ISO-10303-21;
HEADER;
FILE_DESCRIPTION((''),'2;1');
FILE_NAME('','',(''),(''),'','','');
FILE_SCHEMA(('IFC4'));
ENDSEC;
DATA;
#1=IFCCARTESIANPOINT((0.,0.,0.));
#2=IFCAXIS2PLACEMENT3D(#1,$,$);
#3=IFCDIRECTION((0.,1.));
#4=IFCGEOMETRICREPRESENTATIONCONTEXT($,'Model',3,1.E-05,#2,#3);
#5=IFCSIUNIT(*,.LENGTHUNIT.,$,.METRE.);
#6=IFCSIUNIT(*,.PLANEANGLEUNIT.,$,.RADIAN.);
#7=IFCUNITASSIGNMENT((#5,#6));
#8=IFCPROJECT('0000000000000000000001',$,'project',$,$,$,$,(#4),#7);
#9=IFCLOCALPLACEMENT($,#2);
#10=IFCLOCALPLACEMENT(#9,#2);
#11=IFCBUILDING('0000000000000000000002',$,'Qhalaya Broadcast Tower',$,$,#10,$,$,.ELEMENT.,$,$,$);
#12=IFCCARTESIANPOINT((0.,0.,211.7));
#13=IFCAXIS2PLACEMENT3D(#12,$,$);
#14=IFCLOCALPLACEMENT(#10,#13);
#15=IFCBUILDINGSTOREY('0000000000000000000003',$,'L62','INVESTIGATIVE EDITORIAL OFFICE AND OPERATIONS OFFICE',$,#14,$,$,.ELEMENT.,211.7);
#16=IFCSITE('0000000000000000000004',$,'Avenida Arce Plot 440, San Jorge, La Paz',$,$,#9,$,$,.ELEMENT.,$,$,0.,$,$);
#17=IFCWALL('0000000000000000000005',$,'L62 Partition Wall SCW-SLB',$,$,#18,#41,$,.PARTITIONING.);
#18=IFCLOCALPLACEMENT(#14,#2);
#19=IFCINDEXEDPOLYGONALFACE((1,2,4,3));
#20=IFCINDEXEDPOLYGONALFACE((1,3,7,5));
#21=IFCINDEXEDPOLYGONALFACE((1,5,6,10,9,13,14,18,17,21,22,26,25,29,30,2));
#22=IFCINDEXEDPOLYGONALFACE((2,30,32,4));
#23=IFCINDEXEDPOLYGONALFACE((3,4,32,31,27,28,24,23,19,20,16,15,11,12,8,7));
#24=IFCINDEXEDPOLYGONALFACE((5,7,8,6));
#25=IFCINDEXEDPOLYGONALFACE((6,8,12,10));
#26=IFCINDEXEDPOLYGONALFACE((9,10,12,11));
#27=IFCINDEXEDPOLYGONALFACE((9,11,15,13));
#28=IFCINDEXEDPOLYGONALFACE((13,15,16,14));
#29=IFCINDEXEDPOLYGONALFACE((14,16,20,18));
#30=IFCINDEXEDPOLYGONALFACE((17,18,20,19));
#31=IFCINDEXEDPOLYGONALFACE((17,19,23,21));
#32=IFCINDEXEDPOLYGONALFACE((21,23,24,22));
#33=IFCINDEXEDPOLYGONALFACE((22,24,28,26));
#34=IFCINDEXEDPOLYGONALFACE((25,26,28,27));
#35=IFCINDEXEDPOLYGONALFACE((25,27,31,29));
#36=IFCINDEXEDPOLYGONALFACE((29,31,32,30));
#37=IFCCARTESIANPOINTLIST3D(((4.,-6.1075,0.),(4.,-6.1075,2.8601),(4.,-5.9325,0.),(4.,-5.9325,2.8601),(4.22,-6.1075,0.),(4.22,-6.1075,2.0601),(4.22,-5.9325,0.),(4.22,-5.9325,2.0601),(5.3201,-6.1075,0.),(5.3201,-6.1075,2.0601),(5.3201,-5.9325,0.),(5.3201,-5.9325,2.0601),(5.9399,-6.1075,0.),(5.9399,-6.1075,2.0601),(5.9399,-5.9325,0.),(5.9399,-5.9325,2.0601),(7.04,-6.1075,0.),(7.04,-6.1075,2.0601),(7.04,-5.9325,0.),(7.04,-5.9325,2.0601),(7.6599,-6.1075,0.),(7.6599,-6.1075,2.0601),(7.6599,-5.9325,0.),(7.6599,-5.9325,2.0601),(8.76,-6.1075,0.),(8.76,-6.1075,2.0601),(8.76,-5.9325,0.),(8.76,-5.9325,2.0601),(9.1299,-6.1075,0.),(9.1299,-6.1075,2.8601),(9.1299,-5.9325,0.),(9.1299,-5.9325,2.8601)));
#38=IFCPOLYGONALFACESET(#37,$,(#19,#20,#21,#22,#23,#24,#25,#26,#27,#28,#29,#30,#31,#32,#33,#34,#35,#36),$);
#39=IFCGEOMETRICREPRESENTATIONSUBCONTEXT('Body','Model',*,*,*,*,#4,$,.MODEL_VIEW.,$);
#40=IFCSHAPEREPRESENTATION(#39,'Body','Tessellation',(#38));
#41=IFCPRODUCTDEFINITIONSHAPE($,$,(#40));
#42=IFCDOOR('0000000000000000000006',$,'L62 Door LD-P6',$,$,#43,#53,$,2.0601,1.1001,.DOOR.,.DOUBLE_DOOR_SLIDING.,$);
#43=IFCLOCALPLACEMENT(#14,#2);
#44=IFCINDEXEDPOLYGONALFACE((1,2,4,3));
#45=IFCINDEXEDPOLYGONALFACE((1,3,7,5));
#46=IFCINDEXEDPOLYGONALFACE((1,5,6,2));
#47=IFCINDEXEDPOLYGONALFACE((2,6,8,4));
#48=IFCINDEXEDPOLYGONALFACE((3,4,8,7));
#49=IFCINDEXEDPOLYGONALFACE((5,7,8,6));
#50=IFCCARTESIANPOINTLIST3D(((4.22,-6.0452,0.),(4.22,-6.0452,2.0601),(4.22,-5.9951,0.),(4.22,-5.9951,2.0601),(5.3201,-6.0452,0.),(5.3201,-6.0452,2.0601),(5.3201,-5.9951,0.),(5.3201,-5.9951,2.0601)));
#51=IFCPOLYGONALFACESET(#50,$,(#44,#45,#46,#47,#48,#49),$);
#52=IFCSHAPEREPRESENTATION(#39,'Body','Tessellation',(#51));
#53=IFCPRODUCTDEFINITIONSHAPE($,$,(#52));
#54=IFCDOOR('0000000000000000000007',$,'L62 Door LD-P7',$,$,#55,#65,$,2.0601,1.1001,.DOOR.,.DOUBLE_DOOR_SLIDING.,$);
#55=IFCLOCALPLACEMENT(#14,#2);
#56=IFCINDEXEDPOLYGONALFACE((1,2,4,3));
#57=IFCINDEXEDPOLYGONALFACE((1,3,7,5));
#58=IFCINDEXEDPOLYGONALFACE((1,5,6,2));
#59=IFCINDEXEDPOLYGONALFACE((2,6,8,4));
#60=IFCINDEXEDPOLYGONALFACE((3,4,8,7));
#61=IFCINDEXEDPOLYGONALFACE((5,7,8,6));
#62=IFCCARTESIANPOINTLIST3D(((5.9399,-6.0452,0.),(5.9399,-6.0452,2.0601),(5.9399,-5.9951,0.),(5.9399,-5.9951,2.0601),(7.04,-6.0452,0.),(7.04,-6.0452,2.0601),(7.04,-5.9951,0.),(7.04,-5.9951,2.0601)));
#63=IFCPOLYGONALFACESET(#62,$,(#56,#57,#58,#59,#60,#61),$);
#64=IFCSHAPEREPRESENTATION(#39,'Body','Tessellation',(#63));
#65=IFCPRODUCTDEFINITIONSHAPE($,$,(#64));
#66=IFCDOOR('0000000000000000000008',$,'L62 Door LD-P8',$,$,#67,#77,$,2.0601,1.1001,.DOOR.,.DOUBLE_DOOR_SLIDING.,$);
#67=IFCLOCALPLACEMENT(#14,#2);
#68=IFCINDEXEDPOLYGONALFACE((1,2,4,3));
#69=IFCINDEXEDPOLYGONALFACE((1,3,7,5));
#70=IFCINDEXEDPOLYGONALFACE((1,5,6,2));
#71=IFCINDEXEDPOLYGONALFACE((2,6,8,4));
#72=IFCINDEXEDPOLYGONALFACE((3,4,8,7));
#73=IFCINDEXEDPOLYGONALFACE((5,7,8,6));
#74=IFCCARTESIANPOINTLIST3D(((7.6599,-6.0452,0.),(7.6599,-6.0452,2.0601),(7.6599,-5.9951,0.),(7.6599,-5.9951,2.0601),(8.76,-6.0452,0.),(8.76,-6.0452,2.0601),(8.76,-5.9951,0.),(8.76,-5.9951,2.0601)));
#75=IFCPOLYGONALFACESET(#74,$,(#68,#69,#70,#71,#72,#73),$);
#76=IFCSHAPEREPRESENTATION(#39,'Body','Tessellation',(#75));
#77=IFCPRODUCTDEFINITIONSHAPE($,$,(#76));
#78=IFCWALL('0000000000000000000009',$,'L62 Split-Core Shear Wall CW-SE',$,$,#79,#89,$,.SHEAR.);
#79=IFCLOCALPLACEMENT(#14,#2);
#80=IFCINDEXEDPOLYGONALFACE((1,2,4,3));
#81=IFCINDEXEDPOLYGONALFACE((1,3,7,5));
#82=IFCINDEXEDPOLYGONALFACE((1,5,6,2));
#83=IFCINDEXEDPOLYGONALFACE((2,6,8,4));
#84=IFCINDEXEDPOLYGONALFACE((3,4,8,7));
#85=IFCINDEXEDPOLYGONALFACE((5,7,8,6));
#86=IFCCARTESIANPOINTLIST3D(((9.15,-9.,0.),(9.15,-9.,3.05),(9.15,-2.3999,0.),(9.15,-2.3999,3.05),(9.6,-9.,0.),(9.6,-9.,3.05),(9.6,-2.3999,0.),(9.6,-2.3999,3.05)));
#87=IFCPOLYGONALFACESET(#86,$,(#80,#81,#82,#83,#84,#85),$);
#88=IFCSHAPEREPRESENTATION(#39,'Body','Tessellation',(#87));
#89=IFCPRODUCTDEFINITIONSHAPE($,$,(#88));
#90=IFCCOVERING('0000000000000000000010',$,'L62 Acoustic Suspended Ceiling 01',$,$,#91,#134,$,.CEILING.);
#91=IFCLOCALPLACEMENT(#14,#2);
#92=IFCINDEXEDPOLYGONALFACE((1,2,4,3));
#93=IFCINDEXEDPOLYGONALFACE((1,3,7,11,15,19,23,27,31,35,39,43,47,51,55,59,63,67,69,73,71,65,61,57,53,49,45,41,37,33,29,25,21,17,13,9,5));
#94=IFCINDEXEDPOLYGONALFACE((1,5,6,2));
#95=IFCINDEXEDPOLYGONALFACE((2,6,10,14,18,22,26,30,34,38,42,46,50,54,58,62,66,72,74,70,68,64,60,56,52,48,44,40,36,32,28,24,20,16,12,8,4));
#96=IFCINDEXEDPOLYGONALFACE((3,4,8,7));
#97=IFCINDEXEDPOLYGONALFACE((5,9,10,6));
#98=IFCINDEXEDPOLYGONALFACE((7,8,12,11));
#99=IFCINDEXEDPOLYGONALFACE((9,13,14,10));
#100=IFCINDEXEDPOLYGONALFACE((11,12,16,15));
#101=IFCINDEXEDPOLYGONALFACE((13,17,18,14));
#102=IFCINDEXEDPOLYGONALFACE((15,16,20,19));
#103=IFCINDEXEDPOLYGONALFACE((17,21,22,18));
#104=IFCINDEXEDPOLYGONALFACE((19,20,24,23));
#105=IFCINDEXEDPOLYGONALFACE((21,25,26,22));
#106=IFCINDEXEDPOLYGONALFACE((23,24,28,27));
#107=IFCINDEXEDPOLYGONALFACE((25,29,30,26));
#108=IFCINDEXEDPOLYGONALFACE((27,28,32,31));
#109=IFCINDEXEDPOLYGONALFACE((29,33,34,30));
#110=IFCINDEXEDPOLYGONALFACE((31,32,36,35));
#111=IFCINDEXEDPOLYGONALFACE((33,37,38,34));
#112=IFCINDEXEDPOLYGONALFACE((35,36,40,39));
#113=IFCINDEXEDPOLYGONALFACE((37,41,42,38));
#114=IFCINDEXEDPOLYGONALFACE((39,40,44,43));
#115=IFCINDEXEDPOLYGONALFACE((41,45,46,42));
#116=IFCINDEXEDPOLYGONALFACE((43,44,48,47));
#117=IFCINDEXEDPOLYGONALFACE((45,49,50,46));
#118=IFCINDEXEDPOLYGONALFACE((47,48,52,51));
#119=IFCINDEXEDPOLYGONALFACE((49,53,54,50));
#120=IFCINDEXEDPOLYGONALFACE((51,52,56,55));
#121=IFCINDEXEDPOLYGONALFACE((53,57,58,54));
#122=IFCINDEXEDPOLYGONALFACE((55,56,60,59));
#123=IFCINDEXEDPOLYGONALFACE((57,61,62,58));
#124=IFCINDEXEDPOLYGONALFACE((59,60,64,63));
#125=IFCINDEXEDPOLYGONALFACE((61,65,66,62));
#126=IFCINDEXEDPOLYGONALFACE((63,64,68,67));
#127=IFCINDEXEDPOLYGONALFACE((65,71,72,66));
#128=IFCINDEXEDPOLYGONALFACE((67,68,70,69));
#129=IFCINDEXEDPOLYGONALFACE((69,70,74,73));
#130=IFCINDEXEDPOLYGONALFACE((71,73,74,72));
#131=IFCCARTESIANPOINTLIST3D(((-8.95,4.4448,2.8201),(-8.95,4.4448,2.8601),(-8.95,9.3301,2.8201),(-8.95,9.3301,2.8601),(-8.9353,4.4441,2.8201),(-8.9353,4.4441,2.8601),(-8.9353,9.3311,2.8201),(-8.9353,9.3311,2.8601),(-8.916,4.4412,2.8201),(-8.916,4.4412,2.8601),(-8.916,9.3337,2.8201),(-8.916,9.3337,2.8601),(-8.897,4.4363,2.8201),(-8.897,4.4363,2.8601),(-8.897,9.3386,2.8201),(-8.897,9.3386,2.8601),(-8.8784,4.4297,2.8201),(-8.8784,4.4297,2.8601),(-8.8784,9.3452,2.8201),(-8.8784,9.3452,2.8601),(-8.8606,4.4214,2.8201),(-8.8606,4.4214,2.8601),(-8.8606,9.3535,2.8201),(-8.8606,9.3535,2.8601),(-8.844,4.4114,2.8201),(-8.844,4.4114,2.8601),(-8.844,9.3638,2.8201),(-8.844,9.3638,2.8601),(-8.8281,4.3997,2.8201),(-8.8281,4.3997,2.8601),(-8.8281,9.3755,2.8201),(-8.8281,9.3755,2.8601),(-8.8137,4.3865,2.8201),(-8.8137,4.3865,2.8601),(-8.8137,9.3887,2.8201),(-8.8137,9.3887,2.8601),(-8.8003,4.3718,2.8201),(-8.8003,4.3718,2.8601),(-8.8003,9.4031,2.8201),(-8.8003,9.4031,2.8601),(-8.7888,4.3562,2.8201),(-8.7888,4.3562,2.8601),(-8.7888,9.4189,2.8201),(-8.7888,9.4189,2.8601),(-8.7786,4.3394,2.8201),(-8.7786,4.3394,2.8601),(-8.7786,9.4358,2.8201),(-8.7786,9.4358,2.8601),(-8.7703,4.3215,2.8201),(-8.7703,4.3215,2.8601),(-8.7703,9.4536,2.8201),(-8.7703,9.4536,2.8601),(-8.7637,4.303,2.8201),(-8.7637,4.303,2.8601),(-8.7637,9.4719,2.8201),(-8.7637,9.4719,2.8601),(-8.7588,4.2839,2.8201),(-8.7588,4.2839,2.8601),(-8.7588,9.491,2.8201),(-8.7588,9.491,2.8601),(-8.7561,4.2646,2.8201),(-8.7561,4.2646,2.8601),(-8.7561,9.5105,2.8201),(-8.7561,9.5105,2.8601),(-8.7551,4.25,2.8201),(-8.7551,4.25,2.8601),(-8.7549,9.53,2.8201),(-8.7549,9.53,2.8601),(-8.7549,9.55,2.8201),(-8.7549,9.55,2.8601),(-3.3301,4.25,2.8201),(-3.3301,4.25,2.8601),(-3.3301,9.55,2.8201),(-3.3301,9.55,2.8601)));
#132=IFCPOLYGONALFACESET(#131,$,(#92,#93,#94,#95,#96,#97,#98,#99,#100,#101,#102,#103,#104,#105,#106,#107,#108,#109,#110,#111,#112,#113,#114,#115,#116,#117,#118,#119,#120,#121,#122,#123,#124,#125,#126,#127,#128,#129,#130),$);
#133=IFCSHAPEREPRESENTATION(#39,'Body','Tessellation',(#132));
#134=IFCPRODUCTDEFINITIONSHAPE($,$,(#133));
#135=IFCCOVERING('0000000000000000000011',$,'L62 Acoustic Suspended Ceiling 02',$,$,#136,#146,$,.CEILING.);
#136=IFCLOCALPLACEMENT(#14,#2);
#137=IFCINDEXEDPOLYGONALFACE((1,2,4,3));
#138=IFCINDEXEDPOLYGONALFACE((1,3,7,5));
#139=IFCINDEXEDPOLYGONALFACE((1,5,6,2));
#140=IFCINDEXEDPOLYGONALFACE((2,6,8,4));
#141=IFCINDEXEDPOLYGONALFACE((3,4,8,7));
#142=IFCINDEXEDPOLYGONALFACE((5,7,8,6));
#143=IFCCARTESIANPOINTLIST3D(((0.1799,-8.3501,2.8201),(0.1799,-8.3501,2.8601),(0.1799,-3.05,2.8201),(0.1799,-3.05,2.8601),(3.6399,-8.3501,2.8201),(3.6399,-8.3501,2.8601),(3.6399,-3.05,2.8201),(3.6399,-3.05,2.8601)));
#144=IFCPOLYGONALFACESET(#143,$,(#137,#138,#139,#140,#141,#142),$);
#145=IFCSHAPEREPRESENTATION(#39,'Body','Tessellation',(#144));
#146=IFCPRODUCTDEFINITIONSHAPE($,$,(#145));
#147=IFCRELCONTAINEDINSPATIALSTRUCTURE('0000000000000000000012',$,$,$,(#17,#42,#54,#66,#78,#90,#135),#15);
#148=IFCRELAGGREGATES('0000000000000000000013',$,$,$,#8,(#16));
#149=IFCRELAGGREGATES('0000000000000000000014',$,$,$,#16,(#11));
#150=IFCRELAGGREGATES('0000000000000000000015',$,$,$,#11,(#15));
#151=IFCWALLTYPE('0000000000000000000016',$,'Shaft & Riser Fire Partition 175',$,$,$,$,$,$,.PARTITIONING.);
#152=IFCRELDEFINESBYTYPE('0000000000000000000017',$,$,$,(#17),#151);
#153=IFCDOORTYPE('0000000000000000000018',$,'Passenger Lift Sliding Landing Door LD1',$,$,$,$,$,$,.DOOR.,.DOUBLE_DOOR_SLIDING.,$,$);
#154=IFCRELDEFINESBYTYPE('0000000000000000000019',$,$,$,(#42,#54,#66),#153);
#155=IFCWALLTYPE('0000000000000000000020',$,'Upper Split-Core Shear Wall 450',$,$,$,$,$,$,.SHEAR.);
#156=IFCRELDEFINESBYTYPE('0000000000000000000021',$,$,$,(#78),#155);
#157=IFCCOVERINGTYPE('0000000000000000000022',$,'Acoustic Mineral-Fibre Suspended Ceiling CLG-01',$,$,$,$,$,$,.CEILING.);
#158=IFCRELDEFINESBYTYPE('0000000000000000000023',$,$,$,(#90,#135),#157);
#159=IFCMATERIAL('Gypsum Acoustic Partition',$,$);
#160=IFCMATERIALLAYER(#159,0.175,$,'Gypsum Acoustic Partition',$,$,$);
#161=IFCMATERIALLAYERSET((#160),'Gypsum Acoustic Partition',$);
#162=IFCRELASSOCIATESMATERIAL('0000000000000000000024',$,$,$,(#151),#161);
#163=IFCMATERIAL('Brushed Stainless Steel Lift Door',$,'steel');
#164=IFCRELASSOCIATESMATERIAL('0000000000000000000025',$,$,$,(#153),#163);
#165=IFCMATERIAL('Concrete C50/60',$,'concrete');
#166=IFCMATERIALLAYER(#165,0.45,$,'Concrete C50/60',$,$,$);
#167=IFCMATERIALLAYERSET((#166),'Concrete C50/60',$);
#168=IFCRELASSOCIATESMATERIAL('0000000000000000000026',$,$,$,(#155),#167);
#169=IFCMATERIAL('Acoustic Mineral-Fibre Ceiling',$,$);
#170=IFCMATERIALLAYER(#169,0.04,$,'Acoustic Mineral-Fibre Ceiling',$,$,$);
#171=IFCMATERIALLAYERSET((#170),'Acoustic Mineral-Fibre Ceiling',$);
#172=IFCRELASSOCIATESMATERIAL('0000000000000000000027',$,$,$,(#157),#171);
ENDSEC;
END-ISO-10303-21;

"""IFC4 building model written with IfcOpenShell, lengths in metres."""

from ifc_helpers import new_model, si_unit, direction, frame, frame_2d, origin, place, context, subcontext, project, spatial, polyline, rectangle, outline, extrude, material, layer, layer_set, type_object, element, fill, save


model = new_model("IFC4")

# Units and contexts
model_context = context("Model", 3, precision=1e-05, world=origin(), true_north=direction((0.0, 1.0)))
body_context = subcontext(model_context, "Body", "Model", "MODEL_VIEW")
ifc_project = project(units=[si_unit("LENGTHUNIT", "METRE"), si_unit("PLANEANGLEUNIT", "RADIAN")], contexts=[model_context])

# Site, building, storey
site_placement = place(None, origin())
site = spatial("IfcSite", under=ifc_project, at=site_placement, Name="Avenida Arce Plot 440, San Jorge, La Paz", CompositionType="ELEMENT", RefElevation=0.0)
building_placement = place(site_placement, origin())
building = spatial("IfcBuilding", under=site, at=building_placement, Name="Qhalaya Broadcast Tower", CompositionType="ELEMENT")
storey_placement = place(building_placement, frame((0.0, 0.0, 211.7)))
storey = spatial("IfcBuildingStorey", under=building, at=storey_placement, Name="L62", Description="INVESTIGATIVE EDITORIAL OFFICE AND OPERATIONS OFFICE", CompositionType="ELEMENT", Elevation=211.7)

# Shared definitions
ifc_material_1 = material(Name="Concrete C50/60", Category="concrete")

# Shared definitions
ifc_material_2 = material(Name="Gypsum Acoustic Partition")

# Wall, openings, doors
ifc_layer_1 = layer(ifc_material_2, 0.175, Name="Gypsum Acoustic Partition")
ifc_layer_set_1 = layer_set([ifc_layer_1], Name="Gypsum Acoustic Partition")
wall_type_1 = type_object("IfcWallType", Name="Shaft & Riser Fire Partition 175", PredefinedType="PARTITIONING", material=ifc_layer_set_1)
wall_1_placement = place(storey_placement, frame((4.0, -6.02, 0.0), z_axis=(0.0, 0.0, 1.0), x_axis=(1.0, 0.0, 0.0)))
wall_1 = element("IfcWall", 1, at=wall_1_placement, inside=storey, type_object=wall_type_1, Name="L62 Partition Wall SCW-SLB", PredefinedType="PARTITIONING", context=body_context, shape_type="SweptSolid", body=[
    extrude(rectangle(XDim=5.1299, YDim=0.175, at=frame_2d((2.5649, 0.0))), origin(), (0.0, 0.0, 1.0), 2.8601),
])
opening_1_placement = place(wall_1_placement, frame((0.22, 0.0, 0.0)))
opening_1 = element("IfcOpeningElement", 2, at=opening_1_placement, cuts=wall_1, PredefinedType="OPENING", context=body_context, shape_type="SweptSolid", body=[
    extrude(rectangle(XDim=1.1001, YDim=2.0601, at=frame_2d((0.55, 1.03))), frame((0.0, 0.0996, 0.0), z_axis=(0.0, -1.0, 0.0), x_axis=(1.0, 0.0, 0.0)), (0.0, 0.0, 1.0), 0.199),
])
opening_2_placement = place(wall_1_placement, frame((1.9399, 0.0, 0.0)))
opening_2 = element("IfcOpeningElement", 3, at=opening_2_placement, cuts=wall_1, PredefinedType="OPENING", context=body_context, shape_type="SweptSolid", body=[
    extrude(rectangle(XDim=1.1001, YDim=2.0601, at=frame_2d((0.55, 1.03))), frame((0.0, 0.0996, 0.0), z_axis=(0.0, -1.0, 0.0), x_axis=(1.0, 0.0, 0.0)), (0.0, 0.0, 1.0), 0.199),
])
opening_3_placement = place(wall_1_placement, frame((3.6599, 0.0, 0.0)))
opening_3 = element("IfcOpeningElement", 4, at=opening_3_placement, cuts=wall_1, PredefinedType="OPENING", context=body_context, shape_type="SweptSolid", body=[
    extrude(rectangle(XDim=1.1001, YDim=2.0601, at=frame_2d((0.55, 1.03))), frame((0.0, 0.0996, 0.0), z_axis=(0.0, -1.0, 0.0), x_axis=(1.0, 0.0, 0.0)), (0.0, 0.0, 1.0), 0.199),
])
ifc_material_3 = material(Name="Brushed Stainless Steel Lift Door", Category="steel")
door_type_1 = type_object("IfcDoorType", Name="Passenger Lift Sliding Landing Door LD1", OperationType="DOUBLE_DOOR_SLIDING", PredefinedType="DOOR", material=ifc_material_3)
door_1_placement = place(opening_1_placement, origin())
door_1 = element("IfcDoor", 5, at=door_1_placement, inside=storey, type_object=door_type_1, Name="L62 Door LD-P6", OperationType="DOUBLE_DOOR_SLIDING", OverallHeight=2.0601, OverallWidth=1.1001, PredefinedType="DOOR", context=body_context, shape_type="SweptSolid", body=[
    extrude(rectangle(XDim=1.1001, YDim=2.0601, at=frame_2d((0.55, 1.03))), frame((0.0, 0.0249, 0.0), z_axis=(0.0, -1.0, 0.0), x_axis=(1.0, 0.0, 0.0)), (0.0, 0.0, 1.0), 0.05),
])
fill(opening_1, door_1)
door_2_placement = place(opening_2_placement, origin())
door_2 = element("IfcDoor", 6, at=door_2_placement, inside=storey, type_object=door_type_1, Name="L62 Door LD-P7", OperationType="DOUBLE_DOOR_SLIDING", OverallHeight=2.0601, OverallWidth=1.1001, PredefinedType="DOOR", context=body_context, shape_type="SweptSolid", body=[
    extrude(rectangle(XDim=1.1001, YDim=2.0601, at=frame_2d((0.55, 1.03))), frame((0.0, 0.0249, 0.0), z_axis=(0.0, -1.0, 0.0), x_axis=(1.0, 0.0, 0.0)), (0.0, 0.0, 1.0), 0.05),
])
fill(opening_2, door_2)
door_3_placement = place(opening_3_placement, origin())
door_3 = element("IfcDoor", 7, at=door_3_placement, inside=storey, type_object=door_type_1, Name="L62 Door LD-P8", OperationType="DOUBLE_DOOR_SLIDING", OverallHeight=2.0601, OverallWidth=1.1001, PredefinedType="DOOR", context=body_context, shape_type="SweptSolid", body=[
    extrude(rectangle(XDim=1.1001, YDim=2.0601, at=frame_2d((0.55, 1.03))), frame((0.0, 0.0249, 0.0), z_axis=(0.0, -1.0, 0.0), x_axis=(1.0, 0.0, 0.0)), (0.0, 0.0, 1.0), 0.05),
])
fill(opening_3, door_3)

# Wall
ifc_layer_2 = layer(ifc_material_1, 0.45, Name="Concrete C50/60")
ifc_layer_set_2 = layer_set([ifc_layer_2], Name="Concrete C50/60")
wall_type_2 = type_object("IfcWallType", Name="Upper Split-Core Shear Wall 450", PredefinedType="SHEAR", material=ifc_layer_set_2)
wall_2_placement = place(storey_placement, frame((9.375, -9.0, 0.0), z_axis=(0.0, 0.0, 1.0), x_axis=(0.0, 1.0, 0.0)))
element("IfcWall", 8, at=wall_2_placement, inside=storey, type_object=wall_type_2, Name="L62 Split-Core Shear Wall CW-SE", PredefinedType="SHEAR", context=body_context, shape_type="SweptSolid", body=[
    extrude(rectangle(XDim=6.6001, YDim=0.45, at=frame_2d((3.3, 0.0))), origin(), (0.0, 0.0, 1.0), 3.05),
])

# Coverings
ifc_material_4 = material(Name="Acoustic Mineral-Fibre Ceiling")
ifc_layer_3 = layer(ifc_material_4, 0.04, Name="Acoustic Mineral-Fibre Ceiling")
ifc_layer_set_3 = layer_set([ifc_layer_3], Name="Acoustic Mineral-Fibre Ceiling")
covering_type = type_object("IfcCoveringType", Name="Acoustic Mineral-Fibre Suspended Ceiling CLG-01", PredefinedType="CEILING", material=ifc_layer_set_3)
covering_1_placement = place(storey_placement, frame((0.0, 0.0, 2.8201)))
element("IfcCovering", 9, at=covering_1_placement, inside=storey, type_object=covering_type, Name="L62 Acoustic Suspended Ceiling 01", PredefinedType="CEILING", context=body_context, shape_type="SweptSolid", body=[
    extrude(outline(polyline([(-8.7561, 4.2646), (-8.7551, 4.25), (-3.3301, 4.25), (-3.3301, 9.55), (-8.7549, 9.55), (-8.7549, 9.53), (-8.7561, 9.5105), (-8.7588, 9.491), (-8.7637, 9.4719), (-8.7703, 9.4536), (-8.7786, 9.4358), (-8.7888, 9.4189), (-8.8003, 9.4031), (-8.8137, 9.3887), (-8.8281, 9.3755), (-8.844, 9.3638), (-8.8606, 9.3535), (-8.8784, 9.3452), (-8.897, 9.3386), (-8.916, 9.3337), (-8.9353, 9.3311), (-8.95, 9.3301), (-8.95, 4.4448), (-8.9353, 4.4441), (-8.916, 4.4412), (-8.897, 4.4363), (-8.8784, 4.4297), (-8.8606, 4.4214), (-8.844, 4.4114), (-8.8281, 4.3997), (-8.8137, 4.3865), (-8.8003, 4.3718), (-8.7888, 4.3562), (-8.7786, 4.3394), (-8.7703, 4.3215), (-8.7637, 4.303), (-8.7588, 4.2839), (-8.7561, 4.2646)])), origin(), (0.0, 0.0, 1.0), 0.04),
])
covering_2_placement = place(storey_placement, frame((0.0, 0.0, 2.8201)))
element("IfcCovering", 10, at=covering_2_placement, inside=storey, type_object=covering_type, Name="L62 Acoustic Suspended Ceiling 02", PredefinedType="CEILING", context=body_context, shape_type="SweptSolid", body=[
    extrude(outline(polyline([(0.1799, -3.05), (0.1799, -8.3501), (3.6399, -8.3501), (3.6399, -3.05), (0.1799, -3.05)])), origin(), (0.0, 0.0, 1.0), 0.04),
])

save(model, "model.ifc")
